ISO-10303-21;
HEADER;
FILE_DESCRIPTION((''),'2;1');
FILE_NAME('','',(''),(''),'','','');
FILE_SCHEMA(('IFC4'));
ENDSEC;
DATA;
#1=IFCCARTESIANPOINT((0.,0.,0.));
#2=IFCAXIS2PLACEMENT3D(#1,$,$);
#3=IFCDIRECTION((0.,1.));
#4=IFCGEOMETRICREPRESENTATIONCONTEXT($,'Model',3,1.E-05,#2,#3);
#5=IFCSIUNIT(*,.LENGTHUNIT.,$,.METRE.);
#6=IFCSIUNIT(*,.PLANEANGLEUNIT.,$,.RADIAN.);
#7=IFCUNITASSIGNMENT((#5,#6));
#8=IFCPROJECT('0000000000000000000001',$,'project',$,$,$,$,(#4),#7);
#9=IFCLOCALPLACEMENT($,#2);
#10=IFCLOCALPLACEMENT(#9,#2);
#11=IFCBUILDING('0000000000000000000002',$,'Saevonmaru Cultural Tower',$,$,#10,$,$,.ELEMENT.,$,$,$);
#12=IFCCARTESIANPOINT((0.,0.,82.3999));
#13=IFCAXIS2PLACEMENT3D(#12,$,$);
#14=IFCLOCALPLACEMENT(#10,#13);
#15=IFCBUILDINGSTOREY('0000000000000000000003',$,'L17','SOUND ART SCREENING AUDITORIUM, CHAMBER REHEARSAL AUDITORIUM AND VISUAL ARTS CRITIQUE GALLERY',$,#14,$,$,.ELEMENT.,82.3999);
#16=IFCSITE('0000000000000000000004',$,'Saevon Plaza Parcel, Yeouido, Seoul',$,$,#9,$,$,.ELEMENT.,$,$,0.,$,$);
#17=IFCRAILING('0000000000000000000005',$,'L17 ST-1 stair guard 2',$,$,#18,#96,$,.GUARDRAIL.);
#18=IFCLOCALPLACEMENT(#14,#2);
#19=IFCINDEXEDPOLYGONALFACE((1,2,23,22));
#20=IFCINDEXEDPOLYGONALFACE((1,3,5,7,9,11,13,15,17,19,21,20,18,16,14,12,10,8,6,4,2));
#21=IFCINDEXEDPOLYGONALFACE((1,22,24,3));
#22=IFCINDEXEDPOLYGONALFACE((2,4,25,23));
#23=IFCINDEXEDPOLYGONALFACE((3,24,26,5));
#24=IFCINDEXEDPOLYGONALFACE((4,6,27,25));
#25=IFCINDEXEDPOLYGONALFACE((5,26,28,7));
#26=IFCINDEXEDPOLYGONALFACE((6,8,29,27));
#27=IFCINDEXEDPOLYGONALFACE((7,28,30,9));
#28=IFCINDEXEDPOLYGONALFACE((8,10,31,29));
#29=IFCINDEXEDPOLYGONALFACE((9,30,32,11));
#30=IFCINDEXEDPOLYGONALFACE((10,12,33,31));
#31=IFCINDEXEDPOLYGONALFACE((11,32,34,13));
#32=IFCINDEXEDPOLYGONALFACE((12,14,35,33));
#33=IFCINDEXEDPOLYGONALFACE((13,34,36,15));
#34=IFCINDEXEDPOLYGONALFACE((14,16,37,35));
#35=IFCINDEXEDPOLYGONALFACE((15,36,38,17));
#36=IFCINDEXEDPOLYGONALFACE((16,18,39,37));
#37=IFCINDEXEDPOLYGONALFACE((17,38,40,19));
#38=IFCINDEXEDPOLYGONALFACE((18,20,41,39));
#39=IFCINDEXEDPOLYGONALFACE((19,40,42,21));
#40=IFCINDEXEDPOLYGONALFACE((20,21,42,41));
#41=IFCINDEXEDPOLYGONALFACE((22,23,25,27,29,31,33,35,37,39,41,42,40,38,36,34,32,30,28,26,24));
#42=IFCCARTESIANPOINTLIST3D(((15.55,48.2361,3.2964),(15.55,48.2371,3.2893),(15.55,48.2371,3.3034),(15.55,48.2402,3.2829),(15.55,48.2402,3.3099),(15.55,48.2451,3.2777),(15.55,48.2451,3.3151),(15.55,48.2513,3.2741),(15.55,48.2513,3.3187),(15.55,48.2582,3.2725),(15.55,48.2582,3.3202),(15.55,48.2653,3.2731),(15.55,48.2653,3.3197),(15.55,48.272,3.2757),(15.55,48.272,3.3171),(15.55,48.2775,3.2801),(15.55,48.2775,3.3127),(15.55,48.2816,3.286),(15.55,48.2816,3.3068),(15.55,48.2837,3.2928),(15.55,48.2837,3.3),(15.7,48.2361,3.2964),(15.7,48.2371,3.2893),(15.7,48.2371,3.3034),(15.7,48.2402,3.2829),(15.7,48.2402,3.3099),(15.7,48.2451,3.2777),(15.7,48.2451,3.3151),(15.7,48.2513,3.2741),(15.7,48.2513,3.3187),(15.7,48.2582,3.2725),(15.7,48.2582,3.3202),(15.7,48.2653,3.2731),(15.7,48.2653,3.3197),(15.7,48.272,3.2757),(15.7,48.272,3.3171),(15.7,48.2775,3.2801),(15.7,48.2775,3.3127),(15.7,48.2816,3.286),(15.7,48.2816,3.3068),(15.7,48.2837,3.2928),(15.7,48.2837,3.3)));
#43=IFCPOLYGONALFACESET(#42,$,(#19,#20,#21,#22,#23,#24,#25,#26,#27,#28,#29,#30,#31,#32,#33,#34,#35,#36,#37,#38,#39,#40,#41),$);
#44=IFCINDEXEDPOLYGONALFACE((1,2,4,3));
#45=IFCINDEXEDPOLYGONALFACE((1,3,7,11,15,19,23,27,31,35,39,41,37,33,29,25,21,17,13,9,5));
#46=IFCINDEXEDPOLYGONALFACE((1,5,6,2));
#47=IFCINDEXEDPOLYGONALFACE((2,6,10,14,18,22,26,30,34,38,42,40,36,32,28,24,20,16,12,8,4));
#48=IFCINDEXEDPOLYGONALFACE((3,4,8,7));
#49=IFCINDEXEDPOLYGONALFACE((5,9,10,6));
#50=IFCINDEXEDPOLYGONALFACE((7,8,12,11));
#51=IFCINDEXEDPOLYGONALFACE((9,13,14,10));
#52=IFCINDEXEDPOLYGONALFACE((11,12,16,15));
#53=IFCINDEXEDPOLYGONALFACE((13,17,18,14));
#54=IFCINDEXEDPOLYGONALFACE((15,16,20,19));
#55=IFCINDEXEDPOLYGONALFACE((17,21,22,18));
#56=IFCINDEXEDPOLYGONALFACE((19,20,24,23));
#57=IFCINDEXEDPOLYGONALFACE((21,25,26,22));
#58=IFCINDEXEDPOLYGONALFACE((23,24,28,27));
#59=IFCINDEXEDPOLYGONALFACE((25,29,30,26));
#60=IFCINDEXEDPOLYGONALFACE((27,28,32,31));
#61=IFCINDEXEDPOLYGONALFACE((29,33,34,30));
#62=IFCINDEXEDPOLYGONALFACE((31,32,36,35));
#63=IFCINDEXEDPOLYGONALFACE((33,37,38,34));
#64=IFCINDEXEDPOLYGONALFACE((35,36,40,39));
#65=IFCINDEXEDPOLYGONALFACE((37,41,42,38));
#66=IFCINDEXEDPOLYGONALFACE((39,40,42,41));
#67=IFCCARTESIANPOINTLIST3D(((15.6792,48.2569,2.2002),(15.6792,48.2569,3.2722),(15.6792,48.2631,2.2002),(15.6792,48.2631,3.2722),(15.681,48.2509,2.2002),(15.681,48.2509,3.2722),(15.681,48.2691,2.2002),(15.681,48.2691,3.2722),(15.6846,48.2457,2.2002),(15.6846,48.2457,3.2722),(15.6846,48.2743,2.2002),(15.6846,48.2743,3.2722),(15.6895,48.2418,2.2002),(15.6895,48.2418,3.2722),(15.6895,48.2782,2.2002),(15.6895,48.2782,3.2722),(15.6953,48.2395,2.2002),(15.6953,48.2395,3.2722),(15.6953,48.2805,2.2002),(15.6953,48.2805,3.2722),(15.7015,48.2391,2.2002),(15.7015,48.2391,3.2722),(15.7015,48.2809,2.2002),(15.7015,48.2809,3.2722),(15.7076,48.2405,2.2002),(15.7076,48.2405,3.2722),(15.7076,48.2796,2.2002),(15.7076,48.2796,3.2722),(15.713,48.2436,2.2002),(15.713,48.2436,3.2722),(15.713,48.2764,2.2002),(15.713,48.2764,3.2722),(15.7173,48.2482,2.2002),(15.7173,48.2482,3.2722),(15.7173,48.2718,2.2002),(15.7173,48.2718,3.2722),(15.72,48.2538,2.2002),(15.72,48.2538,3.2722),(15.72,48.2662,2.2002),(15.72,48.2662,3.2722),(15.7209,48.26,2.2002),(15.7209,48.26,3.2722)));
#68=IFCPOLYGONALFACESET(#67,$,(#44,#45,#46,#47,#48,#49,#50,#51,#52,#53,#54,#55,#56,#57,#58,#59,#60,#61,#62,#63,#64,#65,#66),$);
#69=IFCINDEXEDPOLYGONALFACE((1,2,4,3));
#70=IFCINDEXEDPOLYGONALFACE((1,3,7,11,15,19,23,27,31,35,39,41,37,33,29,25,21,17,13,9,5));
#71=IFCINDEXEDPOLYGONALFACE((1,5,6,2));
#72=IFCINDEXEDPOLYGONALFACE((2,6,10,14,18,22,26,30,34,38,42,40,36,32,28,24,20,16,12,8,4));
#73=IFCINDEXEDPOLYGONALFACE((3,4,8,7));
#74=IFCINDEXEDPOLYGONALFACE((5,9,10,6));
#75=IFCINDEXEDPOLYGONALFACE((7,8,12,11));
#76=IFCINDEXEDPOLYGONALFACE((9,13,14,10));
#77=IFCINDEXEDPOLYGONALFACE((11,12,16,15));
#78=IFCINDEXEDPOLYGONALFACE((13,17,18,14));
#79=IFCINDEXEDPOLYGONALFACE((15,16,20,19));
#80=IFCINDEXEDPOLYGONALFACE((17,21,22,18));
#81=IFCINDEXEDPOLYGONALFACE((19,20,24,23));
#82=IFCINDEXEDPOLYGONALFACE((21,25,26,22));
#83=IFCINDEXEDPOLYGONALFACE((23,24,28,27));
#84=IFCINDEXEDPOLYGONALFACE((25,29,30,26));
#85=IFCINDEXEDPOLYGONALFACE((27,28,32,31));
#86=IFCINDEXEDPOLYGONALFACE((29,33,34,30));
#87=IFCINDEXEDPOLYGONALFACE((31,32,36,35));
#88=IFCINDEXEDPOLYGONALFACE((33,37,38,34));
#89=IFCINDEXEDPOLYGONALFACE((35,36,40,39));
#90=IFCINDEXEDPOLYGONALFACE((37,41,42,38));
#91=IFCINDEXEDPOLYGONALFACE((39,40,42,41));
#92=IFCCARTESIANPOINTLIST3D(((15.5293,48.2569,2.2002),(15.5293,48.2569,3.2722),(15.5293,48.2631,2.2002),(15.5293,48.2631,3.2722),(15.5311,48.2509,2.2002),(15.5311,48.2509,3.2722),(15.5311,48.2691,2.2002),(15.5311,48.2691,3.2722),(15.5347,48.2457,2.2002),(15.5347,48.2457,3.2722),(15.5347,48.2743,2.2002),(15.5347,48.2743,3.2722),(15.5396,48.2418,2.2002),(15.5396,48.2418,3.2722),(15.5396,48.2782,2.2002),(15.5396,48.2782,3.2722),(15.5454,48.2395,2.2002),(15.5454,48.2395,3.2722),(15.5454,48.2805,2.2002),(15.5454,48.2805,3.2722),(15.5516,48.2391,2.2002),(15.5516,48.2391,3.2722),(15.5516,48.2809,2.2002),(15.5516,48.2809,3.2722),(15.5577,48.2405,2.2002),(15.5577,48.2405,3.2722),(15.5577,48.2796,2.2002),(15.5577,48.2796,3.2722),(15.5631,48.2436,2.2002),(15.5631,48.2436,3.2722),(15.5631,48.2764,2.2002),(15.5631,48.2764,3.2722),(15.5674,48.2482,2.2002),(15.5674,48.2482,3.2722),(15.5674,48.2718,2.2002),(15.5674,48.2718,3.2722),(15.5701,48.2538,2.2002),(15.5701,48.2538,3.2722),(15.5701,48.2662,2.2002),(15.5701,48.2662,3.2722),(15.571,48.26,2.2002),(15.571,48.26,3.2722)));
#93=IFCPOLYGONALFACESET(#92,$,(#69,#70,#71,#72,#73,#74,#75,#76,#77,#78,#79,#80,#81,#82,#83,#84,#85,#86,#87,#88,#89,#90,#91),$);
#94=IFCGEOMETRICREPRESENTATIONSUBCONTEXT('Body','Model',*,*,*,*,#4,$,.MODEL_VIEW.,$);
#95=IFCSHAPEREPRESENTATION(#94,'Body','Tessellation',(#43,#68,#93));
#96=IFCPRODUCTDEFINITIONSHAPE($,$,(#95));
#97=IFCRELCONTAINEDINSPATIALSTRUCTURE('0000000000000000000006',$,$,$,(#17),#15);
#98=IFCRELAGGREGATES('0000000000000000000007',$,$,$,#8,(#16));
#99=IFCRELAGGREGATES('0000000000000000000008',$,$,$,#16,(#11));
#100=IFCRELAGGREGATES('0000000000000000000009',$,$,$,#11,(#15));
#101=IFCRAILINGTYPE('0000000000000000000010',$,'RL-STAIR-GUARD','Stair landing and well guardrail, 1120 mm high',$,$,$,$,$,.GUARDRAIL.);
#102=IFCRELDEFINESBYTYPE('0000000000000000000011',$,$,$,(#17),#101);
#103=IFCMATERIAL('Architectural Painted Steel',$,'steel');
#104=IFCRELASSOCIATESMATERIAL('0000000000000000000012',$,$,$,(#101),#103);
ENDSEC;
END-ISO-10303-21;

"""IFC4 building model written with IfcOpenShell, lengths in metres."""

from ifc_helpers import new_model, si_unit, direction, frame, origin, origin_2d, place, context, subcontext, project, spatial, circle, extrude, material, type_object, element, save


model = new_model("IFC4")

# Units and contexts
model_context = context("Model", 3, precision=1e-05, world=origin(), true_north=direction((0.0, 1.0)))
body_context = subcontext(model_context, "Body", "Model", "MODEL_VIEW")
ifc_project = project(units=[si_unit("LENGTHUNIT", "METRE"), si_unit("PLANEANGLEUNIT", "RADIAN")], contexts=[model_context])

# Site, building, storey
site_placement = place(None, origin())
site = spatial("IfcSite", under=ifc_project, at=site_placement, Name="Saevon Plaza Parcel, Yeouido, Seoul", CompositionType="ELEMENT", RefElevation=0.0)
building_placement = place(site_placement, origin())
building = spatial("IfcBuilding", under=site, at=building_placement, Name="Saevonmaru Cultural Tower", CompositionType="ELEMENT")
storey_placement = place(building_placement, frame((0.0, 0.0, 82.3999)))
storey = spatial("IfcBuildingStorey", under=building, at=storey_placement, Name="L17", Description="SOUND ART SCREENING AUDITORIUM, CHAMBER REHEARSAL AUDITORIUM AND VISUAL ARTS CRITIQUE GALLERY", CompositionType="ELEMENT", Elevation=82.3999)

# Railing
ifc_material_1 = material(Name="Architectural Painted Steel", Category="steel")
railing_type = type_object("IfcRailingType", Name="RL-STAIR-GUARD", Description="Stair landing and well guardrail, 1120 mm high", PredefinedType="GUARDRAIL", material=ifc_material_1)
railing_1_placement = place(storey_placement, frame((15.7, 48.26, 2.2002)))
element("IfcRailing", 1, at=railing_1_placement, inside=storey, type_object=railing_type, Name="L17 ST-1 stair guard 2", PredefinedType="GUARDRAIL", context=body_context, shape_type="SweptSolid", body=[
    extrude(circle(Radius=0.0239, at=origin_2d()), frame((0.0, 0.0, 1.0962), z_axis=(-1.0, 0.0, 0.0), x_axis=(0.0, -1.0, 0.0)), (0.0, 0.0, 1.0), 0.1499),
    extrude(circle(Radius=0.021, at=origin_2d()), origin(), (0.0, 0.0, 1.0), 1.072),
    extrude(circle(Radius=0.021, at=origin_2d()), frame((-0.1499, 0.0, 0.0)), (0.0, 0.0, 1.0), 1.072),
])

save(model, "model.ifc")
